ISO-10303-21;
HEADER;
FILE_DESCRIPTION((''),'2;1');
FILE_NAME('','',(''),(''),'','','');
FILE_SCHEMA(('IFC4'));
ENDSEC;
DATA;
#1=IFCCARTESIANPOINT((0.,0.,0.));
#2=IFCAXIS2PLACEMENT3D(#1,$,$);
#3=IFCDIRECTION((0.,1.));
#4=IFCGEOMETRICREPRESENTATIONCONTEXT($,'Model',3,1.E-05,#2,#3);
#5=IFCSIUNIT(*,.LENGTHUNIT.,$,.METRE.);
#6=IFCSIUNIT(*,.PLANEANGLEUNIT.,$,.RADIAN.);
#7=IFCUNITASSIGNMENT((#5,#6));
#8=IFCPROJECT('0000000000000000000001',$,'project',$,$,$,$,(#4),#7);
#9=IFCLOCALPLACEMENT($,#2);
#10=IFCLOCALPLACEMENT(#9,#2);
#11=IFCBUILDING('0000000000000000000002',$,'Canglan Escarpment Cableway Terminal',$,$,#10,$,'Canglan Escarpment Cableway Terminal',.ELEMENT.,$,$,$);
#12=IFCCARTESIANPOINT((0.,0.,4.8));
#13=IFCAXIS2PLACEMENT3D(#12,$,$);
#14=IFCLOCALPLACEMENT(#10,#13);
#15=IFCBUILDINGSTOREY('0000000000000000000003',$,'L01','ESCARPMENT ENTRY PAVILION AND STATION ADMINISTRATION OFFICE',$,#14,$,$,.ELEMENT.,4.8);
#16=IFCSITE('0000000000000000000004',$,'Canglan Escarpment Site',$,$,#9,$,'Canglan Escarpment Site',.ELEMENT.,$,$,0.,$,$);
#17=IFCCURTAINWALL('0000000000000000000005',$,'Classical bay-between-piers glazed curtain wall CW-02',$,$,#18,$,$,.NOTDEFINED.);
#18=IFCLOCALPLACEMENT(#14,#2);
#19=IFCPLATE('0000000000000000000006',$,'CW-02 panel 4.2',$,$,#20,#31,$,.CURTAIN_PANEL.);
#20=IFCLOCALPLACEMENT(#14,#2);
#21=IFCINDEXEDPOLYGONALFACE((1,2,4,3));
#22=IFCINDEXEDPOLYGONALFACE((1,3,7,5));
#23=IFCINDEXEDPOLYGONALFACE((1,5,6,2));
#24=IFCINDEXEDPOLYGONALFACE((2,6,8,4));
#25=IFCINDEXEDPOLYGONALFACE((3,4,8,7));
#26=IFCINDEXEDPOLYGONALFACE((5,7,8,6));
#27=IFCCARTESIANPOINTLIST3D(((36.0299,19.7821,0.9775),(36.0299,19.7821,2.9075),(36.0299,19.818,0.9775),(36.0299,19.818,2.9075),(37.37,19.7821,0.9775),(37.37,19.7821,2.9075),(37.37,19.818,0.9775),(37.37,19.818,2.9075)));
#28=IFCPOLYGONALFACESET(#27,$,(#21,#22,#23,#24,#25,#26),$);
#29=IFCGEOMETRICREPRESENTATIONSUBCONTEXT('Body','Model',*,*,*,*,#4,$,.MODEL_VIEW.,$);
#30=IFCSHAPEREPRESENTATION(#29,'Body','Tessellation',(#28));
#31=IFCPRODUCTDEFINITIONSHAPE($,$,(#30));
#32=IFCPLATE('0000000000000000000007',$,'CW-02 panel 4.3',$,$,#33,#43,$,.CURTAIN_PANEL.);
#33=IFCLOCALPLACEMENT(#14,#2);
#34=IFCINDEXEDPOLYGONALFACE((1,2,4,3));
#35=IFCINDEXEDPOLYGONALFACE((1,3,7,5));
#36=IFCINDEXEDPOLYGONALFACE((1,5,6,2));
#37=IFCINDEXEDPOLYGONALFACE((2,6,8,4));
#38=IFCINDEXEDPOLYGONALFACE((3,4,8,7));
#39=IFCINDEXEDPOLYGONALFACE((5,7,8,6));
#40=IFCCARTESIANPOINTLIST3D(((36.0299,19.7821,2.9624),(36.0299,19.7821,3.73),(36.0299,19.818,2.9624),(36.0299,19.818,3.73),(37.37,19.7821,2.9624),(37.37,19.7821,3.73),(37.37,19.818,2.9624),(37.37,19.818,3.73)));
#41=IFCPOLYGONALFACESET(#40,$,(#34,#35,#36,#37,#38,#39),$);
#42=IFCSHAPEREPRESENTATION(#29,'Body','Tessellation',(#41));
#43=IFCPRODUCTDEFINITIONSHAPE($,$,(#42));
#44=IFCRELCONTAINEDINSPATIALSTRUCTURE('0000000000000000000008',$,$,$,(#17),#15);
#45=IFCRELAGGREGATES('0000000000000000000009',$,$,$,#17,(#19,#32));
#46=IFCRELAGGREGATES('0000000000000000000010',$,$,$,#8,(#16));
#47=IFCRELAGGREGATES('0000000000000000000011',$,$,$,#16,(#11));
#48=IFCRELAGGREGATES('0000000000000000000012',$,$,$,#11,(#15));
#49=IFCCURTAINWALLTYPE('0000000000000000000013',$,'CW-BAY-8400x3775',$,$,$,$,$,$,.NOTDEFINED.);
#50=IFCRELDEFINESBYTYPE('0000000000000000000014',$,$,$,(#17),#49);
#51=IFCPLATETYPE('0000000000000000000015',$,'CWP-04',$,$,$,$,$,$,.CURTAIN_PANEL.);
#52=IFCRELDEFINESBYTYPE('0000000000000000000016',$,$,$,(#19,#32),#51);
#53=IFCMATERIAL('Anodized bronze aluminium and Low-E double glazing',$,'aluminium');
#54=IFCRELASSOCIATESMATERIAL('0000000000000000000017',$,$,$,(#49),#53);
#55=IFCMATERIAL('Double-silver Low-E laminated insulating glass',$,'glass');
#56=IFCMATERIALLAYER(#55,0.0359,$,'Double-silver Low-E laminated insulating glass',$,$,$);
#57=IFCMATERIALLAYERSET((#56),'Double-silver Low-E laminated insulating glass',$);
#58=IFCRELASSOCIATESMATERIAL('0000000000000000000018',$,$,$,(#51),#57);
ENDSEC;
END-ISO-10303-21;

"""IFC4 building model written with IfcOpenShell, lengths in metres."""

from ifc_helpers import new_model, si_unit, direction, frame, origin, origin_2d, place, context, subcontext, project, spatial, rectangle, extrude, material, layer, layer_set, type_object, element, aggregate, save


model = new_model("IFC4")

# Units and contexts
model_context = context("Model", 3, precision=1e-05, world=origin(), true_north=direction((0.0, 1.0)))
body_context = subcontext(model_context, "Body", "Model", "MODEL_VIEW")
ifc_project = project(units=[si_unit("LENGTHUNIT", "METRE"), si_unit("PLANEANGLEUNIT", "RADIAN")], contexts=[model_context])

# Site, building, storey
site_placement = place(None, origin())
site = spatial("IfcSite", under=ifc_project, at=site_placement, Name="Canglan Escarpment Site", LongName="Canglan Escarpment Site", CompositionType="ELEMENT", RefElevation=0.0)
building_placement = place(site_placement, origin())
building = spatial("IfcBuilding", under=site, at=building_placement, Name="Canglan Escarpment Cableway Terminal", LongName="Canglan Escarpment Cableway Terminal", CompositionType="ELEMENT")
storey_placement = place(building_placement, frame((0.0, 0.0, 4.8)))
storey = spatial("IfcBuildingStorey", under=building, at=storey_placement, Name="L01", Description="ESCARPMENT ENTRY PAVILION AND STATION ADMINISTRATION OFFICE", CompositionType="ELEMENT", Elevation=4.8)

# Curtain wall
ifc_material_1 = material(Name="Anodized bronze aluminium and Low-E double glazing", Category="aluminium")
curtain_wall_type = type_object("IfcCurtainWallType", Name="CW-BAY-8400x3775", PredefinedType="NOTDEFINED", material=ifc_material_1)
curtain_wall_placement = place(storey_placement, origin())
curtain_wall = element("IfcCurtainWall", 1, at=curtain_wall_placement, inside=storey, type_object=curtain_wall_type, Name="Classical bay-between-piers glazed curtain wall CW-02", PredefinedType="NOTDEFINED")

# Plates
ifc_material_2 = material(Name="Double-silver Low-E laminated insulating glass", Category="glass")
ifc_layer = layer(ifc_material_2, 0.0359, Name="Double-silver Low-E laminated insulating glass")
ifc_layer_set = layer_set([ifc_layer], Name="Double-silver Low-E laminated insulating glass")
plate_type = type_object("IfcPlateType", Name="CWP-04", PredefinedType="CURTAIN_PANEL", material=ifc_layer_set)
plate_1_placement = place(storey_placement, frame((36.7, 19.8, 0.9775), z_axis=(0.0, 0.0, 1.0), x_axis=(-1.0, 0.0, 0.0)))
plate_1 = element("IfcPlate", 2, at=plate_1_placement, type_object=plate_type, Name="CW-02 panel 4.2", PredefinedType="CURTAIN_PANEL", context=body_context, shape_type="SweptSolid", body=[
    extrude(rectangle(XDim=1.3401, YDim=0.0359, at=origin_2d()), origin(), (0.0, 0.0, 1.0), 1.9299),
])
plate_2_placement = place(storey_placement, frame((36.7, 19.8, 2.9624), z_axis=(0.0, 0.0, 1.0), x_axis=(-1.0, 0.0, 0.0)))
plate_2 = element("IfcPlate", 3, at=plate_2_placement, type_object=plate_type, Name="CW-02 panel 4.3", PredefinedType="CURTAIN_PANEL", context=body_context, shape_type="SweptSolid", body=[
    extrude(rectangle(XDim=1.3401, YDim=0.0359, at=origin_2d()), origin(), (0.0, 0.0, 1.0), 0.7676),
])
aggregate(curtain_wall, [plate_1, plate_2])

save(model, "model.ifc")
